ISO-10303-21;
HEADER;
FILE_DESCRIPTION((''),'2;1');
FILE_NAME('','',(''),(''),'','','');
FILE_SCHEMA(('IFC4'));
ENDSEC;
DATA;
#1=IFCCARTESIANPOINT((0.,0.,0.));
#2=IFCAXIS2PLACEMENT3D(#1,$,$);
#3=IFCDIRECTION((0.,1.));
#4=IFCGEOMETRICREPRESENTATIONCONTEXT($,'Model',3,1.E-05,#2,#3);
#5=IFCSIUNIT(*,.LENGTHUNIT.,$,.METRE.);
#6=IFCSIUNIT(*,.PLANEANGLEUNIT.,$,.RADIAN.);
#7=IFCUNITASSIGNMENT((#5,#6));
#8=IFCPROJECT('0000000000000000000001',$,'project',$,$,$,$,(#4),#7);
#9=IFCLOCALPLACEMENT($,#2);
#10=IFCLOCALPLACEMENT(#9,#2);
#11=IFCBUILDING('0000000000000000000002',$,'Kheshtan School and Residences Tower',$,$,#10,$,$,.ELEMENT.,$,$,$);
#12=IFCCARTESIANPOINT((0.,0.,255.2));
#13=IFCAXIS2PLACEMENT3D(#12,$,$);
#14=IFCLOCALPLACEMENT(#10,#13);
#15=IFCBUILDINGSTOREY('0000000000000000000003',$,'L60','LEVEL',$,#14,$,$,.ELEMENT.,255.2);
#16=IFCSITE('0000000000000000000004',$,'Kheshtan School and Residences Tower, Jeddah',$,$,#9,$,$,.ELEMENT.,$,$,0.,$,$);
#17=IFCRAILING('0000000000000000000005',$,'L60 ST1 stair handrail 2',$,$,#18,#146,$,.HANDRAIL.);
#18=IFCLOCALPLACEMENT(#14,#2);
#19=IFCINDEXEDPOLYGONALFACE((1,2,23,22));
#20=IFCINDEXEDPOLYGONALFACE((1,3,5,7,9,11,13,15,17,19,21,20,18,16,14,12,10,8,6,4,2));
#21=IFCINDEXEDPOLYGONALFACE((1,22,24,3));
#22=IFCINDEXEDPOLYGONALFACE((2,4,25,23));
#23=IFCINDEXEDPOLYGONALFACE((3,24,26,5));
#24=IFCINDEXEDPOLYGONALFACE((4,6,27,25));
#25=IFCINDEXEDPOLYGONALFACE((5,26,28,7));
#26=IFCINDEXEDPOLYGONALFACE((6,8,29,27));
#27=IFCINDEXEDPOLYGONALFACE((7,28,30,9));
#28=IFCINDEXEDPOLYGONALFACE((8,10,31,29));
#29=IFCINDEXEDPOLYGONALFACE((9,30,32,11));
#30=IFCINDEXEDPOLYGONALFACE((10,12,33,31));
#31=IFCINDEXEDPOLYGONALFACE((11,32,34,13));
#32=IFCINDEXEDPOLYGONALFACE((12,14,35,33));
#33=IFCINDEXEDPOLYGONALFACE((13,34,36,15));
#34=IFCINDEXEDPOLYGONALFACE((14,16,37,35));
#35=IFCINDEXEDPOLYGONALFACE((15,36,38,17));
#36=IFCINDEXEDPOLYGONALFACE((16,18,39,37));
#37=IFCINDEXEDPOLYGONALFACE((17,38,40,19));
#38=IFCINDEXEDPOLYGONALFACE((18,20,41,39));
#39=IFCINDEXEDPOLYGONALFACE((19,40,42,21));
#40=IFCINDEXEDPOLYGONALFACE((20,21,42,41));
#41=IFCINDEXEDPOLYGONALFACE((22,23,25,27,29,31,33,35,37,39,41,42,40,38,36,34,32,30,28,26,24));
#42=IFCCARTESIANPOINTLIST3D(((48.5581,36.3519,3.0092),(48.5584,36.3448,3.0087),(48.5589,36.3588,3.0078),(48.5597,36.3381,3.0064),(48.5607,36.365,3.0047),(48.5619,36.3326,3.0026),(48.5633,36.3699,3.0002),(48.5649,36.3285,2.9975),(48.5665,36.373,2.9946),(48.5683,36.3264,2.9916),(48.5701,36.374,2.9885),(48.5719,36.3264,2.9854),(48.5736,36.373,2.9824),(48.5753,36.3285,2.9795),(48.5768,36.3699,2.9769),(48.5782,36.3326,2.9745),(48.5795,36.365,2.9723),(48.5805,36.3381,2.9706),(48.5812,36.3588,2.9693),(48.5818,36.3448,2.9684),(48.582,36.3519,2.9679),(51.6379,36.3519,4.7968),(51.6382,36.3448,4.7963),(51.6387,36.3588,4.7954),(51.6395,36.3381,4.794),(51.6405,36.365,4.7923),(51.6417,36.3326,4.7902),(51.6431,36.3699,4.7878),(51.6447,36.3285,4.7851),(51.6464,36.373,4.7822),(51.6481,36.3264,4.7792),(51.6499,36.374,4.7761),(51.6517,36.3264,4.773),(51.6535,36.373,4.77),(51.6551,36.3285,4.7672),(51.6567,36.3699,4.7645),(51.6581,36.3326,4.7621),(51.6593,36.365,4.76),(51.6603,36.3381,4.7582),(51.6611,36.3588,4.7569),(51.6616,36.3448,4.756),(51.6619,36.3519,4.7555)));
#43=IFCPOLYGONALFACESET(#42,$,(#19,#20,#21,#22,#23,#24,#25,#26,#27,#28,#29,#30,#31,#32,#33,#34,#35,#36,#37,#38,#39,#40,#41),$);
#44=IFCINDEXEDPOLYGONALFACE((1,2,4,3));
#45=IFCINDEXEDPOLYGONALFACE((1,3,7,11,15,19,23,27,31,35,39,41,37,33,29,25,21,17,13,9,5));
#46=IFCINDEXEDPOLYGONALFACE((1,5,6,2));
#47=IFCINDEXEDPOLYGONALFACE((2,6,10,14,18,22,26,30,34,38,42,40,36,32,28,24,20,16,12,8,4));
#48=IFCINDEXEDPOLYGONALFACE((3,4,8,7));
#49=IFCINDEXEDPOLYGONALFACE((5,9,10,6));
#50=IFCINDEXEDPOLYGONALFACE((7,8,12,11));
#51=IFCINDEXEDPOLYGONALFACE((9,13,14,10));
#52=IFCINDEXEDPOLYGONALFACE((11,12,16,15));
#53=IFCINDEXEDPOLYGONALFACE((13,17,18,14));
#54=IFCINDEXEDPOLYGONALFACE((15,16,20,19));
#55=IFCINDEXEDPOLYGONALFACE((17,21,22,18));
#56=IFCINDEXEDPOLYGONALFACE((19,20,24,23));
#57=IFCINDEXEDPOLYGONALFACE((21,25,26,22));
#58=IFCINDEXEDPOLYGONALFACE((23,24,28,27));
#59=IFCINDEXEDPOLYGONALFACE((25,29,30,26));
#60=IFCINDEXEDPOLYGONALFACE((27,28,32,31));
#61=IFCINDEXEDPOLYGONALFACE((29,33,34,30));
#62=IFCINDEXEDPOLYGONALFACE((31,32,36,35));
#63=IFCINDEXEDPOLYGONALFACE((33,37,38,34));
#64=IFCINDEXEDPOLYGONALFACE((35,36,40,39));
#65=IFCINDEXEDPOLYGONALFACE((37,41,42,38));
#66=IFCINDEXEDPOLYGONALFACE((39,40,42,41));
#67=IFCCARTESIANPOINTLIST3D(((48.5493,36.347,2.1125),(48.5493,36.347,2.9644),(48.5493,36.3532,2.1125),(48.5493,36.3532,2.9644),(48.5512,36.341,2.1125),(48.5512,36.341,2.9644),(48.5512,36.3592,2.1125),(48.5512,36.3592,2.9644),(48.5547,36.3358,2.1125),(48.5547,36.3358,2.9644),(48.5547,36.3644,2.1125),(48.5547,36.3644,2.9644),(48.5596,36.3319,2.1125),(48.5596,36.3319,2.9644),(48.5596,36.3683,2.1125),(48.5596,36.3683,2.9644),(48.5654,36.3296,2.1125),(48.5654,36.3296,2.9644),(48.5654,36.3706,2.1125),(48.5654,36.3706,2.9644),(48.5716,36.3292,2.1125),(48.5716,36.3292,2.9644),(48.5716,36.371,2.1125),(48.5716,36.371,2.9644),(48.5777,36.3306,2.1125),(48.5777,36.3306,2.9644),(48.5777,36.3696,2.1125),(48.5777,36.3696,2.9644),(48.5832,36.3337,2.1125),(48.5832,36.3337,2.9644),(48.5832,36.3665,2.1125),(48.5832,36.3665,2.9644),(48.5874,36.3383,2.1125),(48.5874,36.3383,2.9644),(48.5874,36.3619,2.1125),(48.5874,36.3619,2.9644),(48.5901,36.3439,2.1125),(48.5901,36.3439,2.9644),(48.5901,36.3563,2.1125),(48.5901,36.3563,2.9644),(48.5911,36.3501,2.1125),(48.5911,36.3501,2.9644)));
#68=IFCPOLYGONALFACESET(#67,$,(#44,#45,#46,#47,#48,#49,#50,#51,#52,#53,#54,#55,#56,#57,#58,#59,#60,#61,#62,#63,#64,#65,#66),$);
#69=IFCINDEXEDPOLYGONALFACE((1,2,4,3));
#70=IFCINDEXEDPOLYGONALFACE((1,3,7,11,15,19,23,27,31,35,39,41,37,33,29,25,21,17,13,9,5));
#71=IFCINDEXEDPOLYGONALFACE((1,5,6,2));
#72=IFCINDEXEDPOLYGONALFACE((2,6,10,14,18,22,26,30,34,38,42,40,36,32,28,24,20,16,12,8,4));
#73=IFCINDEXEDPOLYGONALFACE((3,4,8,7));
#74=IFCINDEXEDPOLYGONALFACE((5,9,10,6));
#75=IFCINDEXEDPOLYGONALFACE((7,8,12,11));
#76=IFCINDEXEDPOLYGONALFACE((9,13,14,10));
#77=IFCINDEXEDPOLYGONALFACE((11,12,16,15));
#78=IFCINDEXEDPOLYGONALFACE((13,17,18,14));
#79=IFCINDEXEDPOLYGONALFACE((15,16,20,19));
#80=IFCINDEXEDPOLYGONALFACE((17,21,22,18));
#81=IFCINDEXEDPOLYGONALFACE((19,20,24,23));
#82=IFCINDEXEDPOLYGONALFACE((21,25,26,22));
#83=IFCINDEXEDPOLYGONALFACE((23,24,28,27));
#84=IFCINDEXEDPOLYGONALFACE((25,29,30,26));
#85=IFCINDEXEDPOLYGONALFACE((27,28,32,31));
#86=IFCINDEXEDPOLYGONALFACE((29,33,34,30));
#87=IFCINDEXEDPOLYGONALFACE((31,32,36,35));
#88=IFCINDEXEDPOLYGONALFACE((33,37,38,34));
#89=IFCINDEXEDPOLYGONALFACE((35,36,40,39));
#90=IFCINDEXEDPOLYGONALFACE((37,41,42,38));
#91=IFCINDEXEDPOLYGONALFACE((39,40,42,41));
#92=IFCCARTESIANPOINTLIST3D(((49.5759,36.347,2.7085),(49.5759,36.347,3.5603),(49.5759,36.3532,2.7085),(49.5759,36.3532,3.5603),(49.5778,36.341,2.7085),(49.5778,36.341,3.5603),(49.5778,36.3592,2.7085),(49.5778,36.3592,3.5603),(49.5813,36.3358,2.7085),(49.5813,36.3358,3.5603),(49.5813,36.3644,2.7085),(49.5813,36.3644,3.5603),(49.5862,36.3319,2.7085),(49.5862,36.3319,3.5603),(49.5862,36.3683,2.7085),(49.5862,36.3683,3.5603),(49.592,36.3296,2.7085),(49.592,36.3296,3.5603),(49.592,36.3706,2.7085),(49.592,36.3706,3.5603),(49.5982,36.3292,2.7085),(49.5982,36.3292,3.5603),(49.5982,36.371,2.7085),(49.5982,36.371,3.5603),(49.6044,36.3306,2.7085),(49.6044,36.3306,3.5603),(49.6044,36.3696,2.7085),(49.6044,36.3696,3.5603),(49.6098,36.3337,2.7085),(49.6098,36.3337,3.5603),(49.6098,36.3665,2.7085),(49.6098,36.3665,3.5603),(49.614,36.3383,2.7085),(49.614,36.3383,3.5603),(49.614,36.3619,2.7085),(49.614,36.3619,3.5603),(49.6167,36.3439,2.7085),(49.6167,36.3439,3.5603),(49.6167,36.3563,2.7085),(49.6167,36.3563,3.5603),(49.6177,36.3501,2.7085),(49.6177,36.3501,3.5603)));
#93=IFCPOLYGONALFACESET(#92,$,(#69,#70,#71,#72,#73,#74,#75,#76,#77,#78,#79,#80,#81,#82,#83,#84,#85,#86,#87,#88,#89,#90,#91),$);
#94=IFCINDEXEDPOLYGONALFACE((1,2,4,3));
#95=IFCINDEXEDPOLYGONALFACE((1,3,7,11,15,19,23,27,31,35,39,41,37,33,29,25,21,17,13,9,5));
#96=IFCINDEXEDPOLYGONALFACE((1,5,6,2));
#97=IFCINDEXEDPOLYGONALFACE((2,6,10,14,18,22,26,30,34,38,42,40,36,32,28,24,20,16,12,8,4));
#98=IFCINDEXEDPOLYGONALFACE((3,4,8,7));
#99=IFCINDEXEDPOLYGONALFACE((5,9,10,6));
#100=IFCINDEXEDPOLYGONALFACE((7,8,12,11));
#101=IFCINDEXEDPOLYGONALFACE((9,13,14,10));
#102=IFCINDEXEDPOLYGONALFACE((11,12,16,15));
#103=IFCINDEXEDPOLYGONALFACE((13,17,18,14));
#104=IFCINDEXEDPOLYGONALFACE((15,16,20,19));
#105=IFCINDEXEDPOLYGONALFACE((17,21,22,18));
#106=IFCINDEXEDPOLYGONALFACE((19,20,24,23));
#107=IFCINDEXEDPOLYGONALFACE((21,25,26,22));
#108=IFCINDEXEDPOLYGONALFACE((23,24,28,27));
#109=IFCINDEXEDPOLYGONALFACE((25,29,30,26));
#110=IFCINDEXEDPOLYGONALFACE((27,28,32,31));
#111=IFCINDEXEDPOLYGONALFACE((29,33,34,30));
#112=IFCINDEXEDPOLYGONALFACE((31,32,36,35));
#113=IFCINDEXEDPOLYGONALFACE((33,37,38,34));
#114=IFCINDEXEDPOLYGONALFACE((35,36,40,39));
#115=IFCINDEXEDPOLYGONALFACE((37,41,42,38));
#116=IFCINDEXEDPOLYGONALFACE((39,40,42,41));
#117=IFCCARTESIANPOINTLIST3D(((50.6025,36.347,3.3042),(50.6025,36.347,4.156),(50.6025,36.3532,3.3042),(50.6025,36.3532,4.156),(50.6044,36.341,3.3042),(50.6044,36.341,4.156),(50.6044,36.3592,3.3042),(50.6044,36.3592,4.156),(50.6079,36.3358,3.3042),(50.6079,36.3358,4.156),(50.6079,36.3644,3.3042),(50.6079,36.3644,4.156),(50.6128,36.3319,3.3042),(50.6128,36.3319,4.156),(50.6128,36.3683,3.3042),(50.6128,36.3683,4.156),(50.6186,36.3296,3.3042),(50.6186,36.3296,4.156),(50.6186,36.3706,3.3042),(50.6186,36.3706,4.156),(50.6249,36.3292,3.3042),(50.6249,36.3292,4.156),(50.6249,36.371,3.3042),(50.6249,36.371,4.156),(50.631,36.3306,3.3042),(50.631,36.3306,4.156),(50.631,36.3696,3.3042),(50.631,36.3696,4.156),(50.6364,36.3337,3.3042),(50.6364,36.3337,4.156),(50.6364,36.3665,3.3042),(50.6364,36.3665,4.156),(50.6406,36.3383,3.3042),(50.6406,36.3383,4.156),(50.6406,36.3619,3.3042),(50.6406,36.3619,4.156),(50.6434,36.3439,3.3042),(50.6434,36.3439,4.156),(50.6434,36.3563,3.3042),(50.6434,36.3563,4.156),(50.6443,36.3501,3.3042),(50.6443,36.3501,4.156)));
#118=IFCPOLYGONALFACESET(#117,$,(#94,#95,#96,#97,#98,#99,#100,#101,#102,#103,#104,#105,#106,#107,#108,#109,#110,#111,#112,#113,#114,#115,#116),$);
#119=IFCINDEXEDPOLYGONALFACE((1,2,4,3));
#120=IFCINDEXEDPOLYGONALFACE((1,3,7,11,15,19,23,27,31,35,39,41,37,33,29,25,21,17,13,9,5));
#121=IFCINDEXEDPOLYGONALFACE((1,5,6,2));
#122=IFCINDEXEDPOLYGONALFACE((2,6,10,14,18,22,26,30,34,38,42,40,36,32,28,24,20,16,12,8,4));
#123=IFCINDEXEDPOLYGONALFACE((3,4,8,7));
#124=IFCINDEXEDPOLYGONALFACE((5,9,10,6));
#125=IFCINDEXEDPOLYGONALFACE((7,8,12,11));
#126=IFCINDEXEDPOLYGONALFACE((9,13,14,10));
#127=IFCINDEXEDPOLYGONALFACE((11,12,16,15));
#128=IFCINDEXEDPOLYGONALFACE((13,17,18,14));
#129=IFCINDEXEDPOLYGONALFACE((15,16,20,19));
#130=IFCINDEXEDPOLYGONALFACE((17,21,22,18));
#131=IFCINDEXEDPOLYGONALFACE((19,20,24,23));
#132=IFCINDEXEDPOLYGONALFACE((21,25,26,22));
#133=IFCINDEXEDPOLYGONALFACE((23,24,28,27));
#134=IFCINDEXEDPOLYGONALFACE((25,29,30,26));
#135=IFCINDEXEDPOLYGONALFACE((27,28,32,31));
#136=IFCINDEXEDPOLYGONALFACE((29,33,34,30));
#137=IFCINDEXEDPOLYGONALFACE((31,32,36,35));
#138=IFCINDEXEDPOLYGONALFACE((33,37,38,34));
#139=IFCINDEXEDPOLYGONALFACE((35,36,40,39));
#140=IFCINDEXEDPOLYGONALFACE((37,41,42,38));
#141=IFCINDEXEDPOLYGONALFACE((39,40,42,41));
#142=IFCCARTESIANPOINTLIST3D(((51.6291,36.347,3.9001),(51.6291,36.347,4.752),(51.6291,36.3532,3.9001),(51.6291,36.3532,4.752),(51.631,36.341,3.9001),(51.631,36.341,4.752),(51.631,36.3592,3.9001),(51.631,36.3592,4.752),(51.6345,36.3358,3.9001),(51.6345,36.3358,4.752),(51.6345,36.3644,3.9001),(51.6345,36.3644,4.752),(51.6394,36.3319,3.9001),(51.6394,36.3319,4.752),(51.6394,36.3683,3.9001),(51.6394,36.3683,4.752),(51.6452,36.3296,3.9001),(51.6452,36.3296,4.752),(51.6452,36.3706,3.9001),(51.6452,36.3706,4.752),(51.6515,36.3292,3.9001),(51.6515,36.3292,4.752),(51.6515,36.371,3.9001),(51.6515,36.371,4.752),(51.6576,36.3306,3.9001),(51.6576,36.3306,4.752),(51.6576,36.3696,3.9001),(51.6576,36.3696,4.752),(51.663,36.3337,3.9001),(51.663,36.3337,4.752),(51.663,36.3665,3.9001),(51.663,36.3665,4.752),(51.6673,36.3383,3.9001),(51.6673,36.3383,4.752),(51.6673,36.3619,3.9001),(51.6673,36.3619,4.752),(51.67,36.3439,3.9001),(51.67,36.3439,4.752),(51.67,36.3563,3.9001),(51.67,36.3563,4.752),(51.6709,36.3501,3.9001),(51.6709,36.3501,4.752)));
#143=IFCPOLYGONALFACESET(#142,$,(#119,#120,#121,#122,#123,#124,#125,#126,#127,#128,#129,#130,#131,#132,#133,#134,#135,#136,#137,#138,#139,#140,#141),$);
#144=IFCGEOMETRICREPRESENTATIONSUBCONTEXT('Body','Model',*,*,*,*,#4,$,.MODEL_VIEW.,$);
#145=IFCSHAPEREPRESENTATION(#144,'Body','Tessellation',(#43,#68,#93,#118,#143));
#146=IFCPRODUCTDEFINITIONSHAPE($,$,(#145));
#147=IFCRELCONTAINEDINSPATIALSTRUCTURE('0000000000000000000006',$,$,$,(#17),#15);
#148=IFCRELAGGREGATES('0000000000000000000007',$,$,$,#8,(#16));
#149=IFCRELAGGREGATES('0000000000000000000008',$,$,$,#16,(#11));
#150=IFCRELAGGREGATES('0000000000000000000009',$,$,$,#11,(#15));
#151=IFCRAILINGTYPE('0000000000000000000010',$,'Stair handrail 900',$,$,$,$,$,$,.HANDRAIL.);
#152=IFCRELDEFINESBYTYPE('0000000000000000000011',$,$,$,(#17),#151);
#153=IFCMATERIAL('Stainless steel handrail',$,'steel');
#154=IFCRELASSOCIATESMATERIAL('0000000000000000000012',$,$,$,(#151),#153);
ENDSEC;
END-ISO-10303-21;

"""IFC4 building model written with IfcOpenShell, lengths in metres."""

from ifc_helpers import new_model, si_unit, direction, frame, origin, origin_2d, place, context, subcontext, project, spatial, circle, extrude, material, type_object, element, save


model = new_model("IFC4")

# Units and contexts
model_context = context("Model", 3, precision=1e-05, world=origin(), true_north=direction((0.0, 1.0)))
body_context = subcontext(model_context, "Body", "Model", "MODEL_VIEW")
ifc_project = project(units=[si_unit("LENGTHUNIT", "METRE"), si_unit("PLANEANGLEUNIT", "RADIAN")], contexts=[model_context])

# Site, building, storey
site_placement = place(None, origin())
site = spatial("IfcSite", under=ifc_project, at=site_placement, Name="Kheshtan School and Residences Tower, Jeddah", CompositionType="ELEMENT", RefElevation=0.0)
building_placement = place(site_placement, origin())
building = spatial("IfcBuilding", under=site, at=building_placement, Name="Kheshtan School and Residences Tower", CompositionType="ELEMENT")
storey_placement = place(building_placement, frame((0.0, 0.0, 255.2)))
storey = spatial("IfcBuildingStorey", under=building, at=storey_placement, Name="L60", Description="LEVEL", CompositionType="ELEMENT", Elevation=255.2)

# Railing
ifc_material_1 = material(Name="Stainless steel handrail", Category="steel")
railing_type_1 = type_object("IfcRailingType", Name="Stair handrail 900", PredefinedType="HANDRAIL", material=ifc_material_1)
railing_1_placement = place(storey_placement, frame((48.5701, 36.3501, 2.1125)))
element("IfcRailing", 1, at=railing_1_placement, inside=storey, type_object=railing_type_1, Name="L60 ST1 stair handrail 2", PredefinedType="HANDRAIL", context=body_context, shape_type="SweptSolid", body=[
    extrude(circle(Radius=0.0239, at=origin_2d()), frame((0.0, 0.0, 0.876), z_axis=(0.864873, 0.0, 0.50199), x_axis=(0.0, 1.0, 0.0)), (0.0, 0.0, 1.0), 3.561),
    extrude(circle(Radius=0.021, at=origin_2d()), origin(), (0.0, 0.0, 1.0), 0.8518),
    extrude(circle(Radius=0.021, at=origin_2d()), frame((1.0266, 0.0, 0.5959)), (0.0, 0.0, 1.0), 0.8518),
    extrude(circle(Radius=0.021, at=origin_2d()), frame((2.0532, 0.0, 1.1917)), (0.0, 0.0, 1.0), 0.8518),
    extrude(circle(Radius=0.021, at=origin_2d()), frame((3.0798, 0.0, 1.7876)), (0.0, 0.0, 1.0), 0.8518),
])

save(model, "model.ifc")
